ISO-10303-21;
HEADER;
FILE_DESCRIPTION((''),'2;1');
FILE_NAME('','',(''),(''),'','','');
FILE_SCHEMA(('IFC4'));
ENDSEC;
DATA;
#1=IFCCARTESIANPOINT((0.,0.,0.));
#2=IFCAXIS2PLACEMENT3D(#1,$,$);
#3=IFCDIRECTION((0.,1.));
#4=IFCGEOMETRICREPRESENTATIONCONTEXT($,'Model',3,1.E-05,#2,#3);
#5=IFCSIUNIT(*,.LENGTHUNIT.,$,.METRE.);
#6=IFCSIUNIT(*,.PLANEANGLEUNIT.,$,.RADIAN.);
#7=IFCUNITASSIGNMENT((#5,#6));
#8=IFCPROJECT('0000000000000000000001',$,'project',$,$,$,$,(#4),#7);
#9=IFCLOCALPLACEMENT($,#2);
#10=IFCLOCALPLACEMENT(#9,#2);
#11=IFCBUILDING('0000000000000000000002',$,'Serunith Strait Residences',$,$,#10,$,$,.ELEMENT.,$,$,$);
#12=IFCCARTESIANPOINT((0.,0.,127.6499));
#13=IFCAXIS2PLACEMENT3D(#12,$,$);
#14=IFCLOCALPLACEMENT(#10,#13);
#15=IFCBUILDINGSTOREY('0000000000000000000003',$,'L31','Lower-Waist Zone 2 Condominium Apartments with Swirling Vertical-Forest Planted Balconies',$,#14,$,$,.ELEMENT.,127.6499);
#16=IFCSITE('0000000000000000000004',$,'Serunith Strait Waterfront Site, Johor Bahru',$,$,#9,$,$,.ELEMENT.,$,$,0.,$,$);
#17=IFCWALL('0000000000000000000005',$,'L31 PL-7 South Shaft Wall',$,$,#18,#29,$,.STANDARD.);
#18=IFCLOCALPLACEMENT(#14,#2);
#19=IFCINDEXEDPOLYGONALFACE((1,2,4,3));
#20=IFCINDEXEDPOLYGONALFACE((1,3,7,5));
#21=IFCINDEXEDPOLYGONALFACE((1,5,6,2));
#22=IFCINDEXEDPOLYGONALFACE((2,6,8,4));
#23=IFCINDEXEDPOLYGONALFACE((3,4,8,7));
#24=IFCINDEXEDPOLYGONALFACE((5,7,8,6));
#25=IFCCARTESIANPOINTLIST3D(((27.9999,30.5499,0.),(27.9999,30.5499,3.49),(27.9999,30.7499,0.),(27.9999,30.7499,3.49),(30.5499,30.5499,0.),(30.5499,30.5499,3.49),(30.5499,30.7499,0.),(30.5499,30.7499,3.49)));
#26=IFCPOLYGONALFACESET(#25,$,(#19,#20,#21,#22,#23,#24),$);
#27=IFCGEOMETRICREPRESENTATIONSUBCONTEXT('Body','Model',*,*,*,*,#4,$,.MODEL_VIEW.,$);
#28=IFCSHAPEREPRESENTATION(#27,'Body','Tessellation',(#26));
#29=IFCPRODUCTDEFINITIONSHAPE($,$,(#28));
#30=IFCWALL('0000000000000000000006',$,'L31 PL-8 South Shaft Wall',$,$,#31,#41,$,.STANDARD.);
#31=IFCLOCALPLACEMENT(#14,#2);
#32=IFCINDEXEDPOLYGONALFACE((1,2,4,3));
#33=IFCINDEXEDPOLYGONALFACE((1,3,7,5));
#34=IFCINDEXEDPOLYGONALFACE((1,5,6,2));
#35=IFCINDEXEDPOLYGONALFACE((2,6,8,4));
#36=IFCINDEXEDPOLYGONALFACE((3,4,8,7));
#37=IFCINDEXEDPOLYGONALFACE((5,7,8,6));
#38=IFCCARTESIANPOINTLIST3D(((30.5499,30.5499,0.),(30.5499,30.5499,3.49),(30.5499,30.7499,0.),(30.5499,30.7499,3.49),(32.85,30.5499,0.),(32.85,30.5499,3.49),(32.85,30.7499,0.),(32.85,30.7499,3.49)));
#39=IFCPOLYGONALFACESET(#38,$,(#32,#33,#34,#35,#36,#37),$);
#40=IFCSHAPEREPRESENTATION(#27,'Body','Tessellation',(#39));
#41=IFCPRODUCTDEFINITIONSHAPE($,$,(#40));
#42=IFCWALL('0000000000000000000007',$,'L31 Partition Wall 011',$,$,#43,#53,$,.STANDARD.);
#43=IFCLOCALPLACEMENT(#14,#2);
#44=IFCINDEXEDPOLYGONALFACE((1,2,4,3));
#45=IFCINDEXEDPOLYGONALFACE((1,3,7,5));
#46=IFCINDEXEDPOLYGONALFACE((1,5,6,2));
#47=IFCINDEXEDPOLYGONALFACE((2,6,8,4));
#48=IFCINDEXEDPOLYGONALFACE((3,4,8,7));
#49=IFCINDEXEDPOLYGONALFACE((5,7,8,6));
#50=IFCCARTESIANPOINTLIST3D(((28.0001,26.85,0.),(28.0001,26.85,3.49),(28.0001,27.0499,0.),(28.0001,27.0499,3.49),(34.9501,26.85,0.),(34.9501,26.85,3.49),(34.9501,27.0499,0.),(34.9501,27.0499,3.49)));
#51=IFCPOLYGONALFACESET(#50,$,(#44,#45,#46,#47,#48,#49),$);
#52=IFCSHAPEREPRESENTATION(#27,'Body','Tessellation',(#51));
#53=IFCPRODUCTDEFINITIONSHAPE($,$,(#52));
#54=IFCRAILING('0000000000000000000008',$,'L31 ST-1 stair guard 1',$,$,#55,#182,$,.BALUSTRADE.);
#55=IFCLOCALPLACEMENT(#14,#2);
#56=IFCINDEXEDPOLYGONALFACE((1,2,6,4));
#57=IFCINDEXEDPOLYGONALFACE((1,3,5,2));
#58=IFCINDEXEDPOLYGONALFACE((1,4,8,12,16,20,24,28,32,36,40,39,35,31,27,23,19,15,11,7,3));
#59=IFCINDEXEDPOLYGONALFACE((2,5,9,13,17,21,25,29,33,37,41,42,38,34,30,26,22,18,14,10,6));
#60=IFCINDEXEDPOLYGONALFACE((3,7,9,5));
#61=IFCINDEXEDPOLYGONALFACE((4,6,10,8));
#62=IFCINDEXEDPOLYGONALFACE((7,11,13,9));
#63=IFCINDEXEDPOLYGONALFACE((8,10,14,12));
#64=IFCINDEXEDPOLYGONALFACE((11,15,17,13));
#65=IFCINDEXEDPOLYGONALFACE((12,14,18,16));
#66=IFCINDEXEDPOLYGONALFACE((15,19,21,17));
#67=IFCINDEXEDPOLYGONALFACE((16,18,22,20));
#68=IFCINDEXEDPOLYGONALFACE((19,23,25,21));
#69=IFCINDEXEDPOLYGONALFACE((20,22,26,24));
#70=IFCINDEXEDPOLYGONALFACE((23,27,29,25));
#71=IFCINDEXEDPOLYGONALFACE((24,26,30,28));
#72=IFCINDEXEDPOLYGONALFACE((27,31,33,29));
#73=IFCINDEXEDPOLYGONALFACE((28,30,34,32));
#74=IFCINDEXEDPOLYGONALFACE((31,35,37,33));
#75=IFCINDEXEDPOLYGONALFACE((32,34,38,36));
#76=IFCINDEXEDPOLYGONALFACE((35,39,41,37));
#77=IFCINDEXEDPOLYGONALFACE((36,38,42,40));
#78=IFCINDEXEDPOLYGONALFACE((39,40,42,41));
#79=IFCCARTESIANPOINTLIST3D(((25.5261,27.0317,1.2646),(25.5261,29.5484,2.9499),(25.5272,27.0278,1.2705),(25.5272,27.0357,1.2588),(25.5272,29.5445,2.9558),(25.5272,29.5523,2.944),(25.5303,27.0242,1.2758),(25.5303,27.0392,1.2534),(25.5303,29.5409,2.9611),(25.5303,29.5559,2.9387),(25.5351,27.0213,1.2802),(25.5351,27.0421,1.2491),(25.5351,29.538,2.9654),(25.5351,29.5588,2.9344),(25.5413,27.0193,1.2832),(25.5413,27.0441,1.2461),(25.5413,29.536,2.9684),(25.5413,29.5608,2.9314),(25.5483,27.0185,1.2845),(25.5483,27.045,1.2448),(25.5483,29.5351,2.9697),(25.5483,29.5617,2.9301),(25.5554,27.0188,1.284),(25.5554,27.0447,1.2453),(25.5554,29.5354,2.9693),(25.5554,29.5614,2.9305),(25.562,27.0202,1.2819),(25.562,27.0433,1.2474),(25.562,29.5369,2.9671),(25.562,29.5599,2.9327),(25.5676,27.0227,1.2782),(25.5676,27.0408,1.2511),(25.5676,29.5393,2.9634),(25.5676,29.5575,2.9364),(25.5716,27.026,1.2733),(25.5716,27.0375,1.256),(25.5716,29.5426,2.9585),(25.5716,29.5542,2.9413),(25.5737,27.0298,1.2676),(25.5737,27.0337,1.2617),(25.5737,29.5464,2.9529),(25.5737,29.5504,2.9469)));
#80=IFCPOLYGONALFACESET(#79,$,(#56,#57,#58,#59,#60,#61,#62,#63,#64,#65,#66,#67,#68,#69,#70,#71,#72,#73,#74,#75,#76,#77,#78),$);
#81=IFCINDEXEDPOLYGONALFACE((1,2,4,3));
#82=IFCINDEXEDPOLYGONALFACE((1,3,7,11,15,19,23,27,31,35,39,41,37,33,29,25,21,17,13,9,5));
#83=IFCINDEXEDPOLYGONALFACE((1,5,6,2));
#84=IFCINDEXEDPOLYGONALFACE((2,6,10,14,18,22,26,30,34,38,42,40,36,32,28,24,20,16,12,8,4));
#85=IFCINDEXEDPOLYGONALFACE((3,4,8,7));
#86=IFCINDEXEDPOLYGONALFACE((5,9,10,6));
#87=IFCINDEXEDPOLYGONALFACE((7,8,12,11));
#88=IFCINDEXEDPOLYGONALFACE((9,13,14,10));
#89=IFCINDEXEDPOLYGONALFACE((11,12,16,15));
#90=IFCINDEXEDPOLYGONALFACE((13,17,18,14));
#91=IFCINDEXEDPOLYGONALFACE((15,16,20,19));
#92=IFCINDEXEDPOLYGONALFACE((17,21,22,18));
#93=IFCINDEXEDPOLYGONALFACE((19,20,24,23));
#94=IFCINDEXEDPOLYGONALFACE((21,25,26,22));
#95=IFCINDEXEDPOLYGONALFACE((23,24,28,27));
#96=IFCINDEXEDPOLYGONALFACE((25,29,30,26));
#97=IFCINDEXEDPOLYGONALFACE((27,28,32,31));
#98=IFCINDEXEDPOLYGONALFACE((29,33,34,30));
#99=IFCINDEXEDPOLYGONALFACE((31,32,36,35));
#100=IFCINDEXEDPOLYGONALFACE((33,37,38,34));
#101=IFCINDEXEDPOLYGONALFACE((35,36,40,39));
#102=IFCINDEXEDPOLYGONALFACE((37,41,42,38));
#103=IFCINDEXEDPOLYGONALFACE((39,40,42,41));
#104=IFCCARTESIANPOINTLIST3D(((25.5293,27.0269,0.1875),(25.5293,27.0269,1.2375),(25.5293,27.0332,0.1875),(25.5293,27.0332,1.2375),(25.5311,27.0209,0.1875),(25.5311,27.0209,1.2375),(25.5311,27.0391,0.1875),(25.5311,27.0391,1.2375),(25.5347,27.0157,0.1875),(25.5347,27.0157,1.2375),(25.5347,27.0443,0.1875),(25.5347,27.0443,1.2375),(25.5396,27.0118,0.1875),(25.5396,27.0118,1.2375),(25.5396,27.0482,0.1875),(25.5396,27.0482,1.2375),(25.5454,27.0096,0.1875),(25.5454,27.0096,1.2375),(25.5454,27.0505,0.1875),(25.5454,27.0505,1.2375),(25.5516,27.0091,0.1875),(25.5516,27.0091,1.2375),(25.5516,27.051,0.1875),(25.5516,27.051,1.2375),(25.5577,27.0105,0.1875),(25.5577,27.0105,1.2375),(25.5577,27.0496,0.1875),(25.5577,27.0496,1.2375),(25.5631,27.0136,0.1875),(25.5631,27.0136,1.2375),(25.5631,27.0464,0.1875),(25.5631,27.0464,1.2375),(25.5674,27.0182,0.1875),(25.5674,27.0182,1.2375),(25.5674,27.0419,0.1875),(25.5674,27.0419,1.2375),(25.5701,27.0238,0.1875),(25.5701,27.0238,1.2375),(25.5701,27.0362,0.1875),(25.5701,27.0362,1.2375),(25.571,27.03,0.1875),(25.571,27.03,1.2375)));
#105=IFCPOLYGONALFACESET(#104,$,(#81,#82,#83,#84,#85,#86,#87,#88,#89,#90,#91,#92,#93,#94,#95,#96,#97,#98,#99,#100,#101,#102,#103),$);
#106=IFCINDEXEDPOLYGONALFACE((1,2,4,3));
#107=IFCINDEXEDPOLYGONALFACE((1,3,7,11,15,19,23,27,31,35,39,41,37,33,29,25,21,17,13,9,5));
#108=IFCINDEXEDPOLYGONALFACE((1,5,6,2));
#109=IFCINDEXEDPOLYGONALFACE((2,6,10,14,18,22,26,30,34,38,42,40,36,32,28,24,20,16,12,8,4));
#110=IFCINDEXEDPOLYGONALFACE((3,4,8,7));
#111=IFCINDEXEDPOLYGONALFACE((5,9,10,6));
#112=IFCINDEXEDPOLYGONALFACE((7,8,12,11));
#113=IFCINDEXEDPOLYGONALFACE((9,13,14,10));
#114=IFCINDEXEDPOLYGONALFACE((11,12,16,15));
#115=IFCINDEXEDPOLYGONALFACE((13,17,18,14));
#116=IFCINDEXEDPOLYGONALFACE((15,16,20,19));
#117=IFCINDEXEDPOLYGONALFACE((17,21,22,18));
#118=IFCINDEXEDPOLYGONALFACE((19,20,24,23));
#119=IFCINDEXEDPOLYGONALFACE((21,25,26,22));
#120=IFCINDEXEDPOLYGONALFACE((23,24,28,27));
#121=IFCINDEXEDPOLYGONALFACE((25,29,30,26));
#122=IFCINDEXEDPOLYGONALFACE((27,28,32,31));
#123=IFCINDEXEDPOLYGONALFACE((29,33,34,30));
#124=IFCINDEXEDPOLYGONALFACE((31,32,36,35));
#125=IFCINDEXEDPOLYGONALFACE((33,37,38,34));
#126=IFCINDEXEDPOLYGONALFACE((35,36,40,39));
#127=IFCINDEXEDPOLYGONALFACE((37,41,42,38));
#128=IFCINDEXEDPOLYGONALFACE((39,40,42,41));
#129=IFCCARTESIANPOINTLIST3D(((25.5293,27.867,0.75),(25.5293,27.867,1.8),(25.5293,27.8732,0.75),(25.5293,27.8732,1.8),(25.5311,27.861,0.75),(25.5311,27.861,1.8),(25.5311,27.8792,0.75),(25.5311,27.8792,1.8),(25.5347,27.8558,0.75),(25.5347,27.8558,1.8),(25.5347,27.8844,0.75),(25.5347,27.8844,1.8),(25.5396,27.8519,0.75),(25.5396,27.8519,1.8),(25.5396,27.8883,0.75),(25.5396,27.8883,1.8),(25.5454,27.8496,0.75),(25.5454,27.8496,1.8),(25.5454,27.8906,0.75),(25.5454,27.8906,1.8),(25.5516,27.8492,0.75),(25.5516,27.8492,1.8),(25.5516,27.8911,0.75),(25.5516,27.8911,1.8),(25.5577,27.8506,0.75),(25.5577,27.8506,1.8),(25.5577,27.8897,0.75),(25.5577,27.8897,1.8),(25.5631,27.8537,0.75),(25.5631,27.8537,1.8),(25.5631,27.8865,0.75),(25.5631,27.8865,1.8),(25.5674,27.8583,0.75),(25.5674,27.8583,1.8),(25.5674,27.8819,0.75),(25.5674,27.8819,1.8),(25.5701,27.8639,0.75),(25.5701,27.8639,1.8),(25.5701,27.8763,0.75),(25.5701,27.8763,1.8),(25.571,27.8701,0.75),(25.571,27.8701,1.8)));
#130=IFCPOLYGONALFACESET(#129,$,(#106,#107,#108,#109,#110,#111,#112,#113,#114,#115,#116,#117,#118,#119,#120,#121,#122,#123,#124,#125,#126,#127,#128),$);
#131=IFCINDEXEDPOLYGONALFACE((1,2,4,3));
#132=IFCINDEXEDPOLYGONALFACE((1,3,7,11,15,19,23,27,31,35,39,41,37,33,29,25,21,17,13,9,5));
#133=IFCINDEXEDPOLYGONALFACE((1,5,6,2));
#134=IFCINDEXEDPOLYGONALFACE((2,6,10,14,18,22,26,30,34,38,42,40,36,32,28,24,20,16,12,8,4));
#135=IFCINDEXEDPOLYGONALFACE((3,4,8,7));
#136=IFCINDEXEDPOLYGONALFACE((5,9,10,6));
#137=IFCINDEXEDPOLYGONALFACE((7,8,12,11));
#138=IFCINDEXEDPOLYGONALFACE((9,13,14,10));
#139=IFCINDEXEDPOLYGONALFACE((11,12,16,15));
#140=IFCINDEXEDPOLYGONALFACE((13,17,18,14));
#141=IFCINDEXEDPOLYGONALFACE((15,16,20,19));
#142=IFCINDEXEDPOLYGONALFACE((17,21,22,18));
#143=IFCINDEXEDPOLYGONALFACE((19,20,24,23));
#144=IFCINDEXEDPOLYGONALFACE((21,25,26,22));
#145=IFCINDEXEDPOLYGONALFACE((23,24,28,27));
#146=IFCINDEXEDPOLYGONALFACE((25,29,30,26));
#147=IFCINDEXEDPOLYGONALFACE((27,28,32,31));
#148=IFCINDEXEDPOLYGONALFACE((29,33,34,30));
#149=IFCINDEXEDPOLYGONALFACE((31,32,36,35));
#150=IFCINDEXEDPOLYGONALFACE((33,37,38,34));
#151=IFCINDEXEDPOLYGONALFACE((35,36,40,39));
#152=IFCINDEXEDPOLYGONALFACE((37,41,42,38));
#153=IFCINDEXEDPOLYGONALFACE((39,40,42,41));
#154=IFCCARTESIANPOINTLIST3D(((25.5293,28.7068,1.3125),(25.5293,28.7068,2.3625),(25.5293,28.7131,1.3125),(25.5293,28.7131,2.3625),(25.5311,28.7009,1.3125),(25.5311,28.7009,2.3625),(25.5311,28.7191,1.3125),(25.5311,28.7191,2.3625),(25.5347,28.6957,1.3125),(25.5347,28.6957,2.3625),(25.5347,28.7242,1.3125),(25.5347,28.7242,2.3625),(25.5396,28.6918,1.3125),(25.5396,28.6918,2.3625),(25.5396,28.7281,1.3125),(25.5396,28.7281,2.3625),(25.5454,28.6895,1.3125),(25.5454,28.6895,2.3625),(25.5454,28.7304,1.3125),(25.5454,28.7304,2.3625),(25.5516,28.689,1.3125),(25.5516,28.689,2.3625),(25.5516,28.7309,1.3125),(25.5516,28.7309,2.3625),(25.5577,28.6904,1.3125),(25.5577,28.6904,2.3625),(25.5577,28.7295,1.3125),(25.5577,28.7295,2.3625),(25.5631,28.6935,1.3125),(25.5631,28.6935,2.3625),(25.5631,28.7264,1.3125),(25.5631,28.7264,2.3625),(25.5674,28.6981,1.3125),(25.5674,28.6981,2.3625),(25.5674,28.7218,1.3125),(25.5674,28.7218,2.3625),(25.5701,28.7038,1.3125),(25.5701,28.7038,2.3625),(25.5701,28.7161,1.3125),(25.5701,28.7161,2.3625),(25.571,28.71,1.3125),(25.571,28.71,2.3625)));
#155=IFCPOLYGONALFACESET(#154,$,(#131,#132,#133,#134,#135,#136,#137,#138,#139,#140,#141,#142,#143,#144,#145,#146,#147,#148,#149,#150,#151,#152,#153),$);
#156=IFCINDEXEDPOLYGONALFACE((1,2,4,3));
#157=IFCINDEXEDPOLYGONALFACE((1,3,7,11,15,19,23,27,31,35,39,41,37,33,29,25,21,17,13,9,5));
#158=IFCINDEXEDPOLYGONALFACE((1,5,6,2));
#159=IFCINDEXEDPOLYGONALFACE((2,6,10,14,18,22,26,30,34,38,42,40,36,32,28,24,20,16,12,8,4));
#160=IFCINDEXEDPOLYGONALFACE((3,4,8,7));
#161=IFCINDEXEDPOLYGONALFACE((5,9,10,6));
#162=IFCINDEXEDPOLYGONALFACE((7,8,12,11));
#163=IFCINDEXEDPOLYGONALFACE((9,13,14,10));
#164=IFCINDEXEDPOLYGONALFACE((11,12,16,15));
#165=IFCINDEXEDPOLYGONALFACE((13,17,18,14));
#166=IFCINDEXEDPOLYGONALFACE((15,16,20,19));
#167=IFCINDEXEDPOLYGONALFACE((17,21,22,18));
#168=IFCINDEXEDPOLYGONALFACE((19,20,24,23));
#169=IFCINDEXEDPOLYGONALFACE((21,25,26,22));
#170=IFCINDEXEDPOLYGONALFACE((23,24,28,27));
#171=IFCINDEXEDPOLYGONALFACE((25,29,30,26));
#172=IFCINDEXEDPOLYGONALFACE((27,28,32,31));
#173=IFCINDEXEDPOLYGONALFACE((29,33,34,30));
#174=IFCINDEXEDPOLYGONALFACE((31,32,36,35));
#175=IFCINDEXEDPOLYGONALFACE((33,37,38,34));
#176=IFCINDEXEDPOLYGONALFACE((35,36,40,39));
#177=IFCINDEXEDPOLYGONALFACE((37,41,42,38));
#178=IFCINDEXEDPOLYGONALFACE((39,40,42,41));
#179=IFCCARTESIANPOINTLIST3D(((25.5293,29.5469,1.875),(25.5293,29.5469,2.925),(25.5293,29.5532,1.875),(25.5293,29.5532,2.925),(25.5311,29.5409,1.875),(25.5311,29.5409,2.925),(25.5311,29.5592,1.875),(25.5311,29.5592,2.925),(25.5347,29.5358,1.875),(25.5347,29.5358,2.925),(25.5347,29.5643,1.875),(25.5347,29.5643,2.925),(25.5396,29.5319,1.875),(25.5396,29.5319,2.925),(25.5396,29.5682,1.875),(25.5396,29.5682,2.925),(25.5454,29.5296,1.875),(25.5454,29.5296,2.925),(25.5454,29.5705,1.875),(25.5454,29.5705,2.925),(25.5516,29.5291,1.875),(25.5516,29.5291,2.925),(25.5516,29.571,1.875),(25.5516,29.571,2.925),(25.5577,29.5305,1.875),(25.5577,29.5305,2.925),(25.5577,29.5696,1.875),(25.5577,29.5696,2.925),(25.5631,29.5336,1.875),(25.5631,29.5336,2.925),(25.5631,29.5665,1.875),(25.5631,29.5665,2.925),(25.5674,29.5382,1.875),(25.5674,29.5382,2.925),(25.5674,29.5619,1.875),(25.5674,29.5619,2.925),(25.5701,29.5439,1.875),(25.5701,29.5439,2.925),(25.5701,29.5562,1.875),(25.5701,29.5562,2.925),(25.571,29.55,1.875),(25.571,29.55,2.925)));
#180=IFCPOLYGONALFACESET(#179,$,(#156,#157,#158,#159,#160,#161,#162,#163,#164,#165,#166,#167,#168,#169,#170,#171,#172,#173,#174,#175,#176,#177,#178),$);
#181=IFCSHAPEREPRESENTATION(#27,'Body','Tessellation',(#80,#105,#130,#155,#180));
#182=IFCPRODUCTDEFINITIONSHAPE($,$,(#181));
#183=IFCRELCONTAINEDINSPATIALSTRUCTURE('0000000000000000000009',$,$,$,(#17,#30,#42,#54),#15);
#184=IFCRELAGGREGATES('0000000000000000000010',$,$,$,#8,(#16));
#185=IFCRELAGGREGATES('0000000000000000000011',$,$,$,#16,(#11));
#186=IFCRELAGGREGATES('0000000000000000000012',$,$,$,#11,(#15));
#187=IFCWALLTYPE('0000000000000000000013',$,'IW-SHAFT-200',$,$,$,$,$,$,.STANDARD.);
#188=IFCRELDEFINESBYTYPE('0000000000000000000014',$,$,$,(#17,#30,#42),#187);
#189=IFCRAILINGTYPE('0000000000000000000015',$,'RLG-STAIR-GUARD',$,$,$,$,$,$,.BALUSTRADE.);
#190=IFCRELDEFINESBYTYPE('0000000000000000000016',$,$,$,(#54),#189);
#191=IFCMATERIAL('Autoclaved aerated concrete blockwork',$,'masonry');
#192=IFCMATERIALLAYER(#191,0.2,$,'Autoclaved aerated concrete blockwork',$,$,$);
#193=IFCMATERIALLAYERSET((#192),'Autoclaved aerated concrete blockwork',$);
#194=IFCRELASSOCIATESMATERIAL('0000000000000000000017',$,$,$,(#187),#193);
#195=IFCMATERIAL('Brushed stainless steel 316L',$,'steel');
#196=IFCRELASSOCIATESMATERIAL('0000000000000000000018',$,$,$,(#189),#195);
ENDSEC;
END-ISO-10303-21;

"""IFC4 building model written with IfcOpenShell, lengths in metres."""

from ifc_helpers import new_model, si_unit, direction, frame, frame_2d, origin, origin_2d, place, context, subcontext, project, spatial, rectangle, circle, extrude, material, layer, layer_set, type_object, element, save


model = new_model("IFC4")

# Units and contexts
model_context = context("Model", 3, precision=1e-05, world=origin(), true_north=direction((0.0, 1.0)))
body_context = subcontext(model_context, "Body", "Model", "MODEL_VIEW")
ifc_project = project(units=[si_unit("LENGTHUNIT", "METRE"), si_unit("PLANEANGLEUNIT", "RADIAN")], contexts=[model_context])

# Site, building, storey
site_placement = place(None, origin())
site = spatial("IfcSite", under=ifc_project, at=site_placement, Name="Serunith Strait Waterfront Site, Johor Bahru", CompositionType="ELEMENT", RefElevation=0.0)
building_placement = place(site_placement, origin())
building = spatial("IfcBuilding", under=site, at=building_placement, Name="Serunith Strait Residences", CompositionType="ELEMENT")
storey_placement = place(building_placement, frame((0.0, 0.0, 127.6499)))
storey = spatial("IfcBuildingStorey", under=building, at=storey_placement, Name="L31", Description="Lower-Waist Zone 2 Condominium Apartments with Swirling Vertical-Forest Planted Balconies", CompositionType="ELEMENT", Elevation=127.6499)

# Shared definitions
ifc_material_1 = material(Name="Autoclaved aerated concrete blockwork", Category="masonry")
ifc_layer_1 = layer(ifc_material_1, 0.2, Name="Autoclaved aerated concrete blockwork")
ifc_layer_set_1 = layer_set([ifc_layer_1], Name="Autoclaved aerated concrete blockwork")
wall_type_1 = type_object("IfcWallType", Name="IW-SHAFT-200", PredefinedType="STANDARD", material=ifc_layer_set_1)

# Walls
wall_1_placement = place(storey_placement, frame((28.0, 30.6499, 0.0), z_axis=(0.0, 0.0, 1.0), x_axis=(1.0, 0.0, 0.0)))
element("IfcWall", 1, at=wall_1_placement, inside=storey, type_object=wall_type_1, Name="L31 PL-7 South Shaft Wall", PredefinedType="STANDARD", context=body_context, shape_type="SweptSolid", body=[
    extrude(rectangle(XDim=2.55, YDim=0.2, at=frame_2d((1.2749, 0.0))), origin(), (0.0, 0.0, 1.0), 3.49),
])
wall_2_placement = place(storey_placement, frame((30.55, 30.6499, 0.0), z_axis=(0.0, 0.0, 1.0), x_axis=(1.0, 0.0, 0.0)))
element("IfcWall", 2, at=wall_2_placement, inside=storey, type_object=wall_type_1, Name="L31 PL-8 South Shaft Wall", PredefinedType="STANDARD", context=body_context, shape_type="SweptSolid", body=[
    extrude(rectangle(XDim=2.3, YDim=0.2, at=frame_2d((1.1499, 0.0))), origin(), (0.0, 0.0, 1.0), 3.49),
])
wall_3_placement = place(storey_placement, frame((28.0, 26.95, 0.0), z_axis=(0.0, 0.0, 1.0), x_axis=(1.0, 0.0, 0.0)))
element("IfcWall", 3, at=wall_3_placement, inside=storey, type_object=wall_type_1, Name="L31 Partition Wall 011", PredefinedType="STANDARD", context=body_context, shape_type="SweptSolid", body=[
    extrude(rectangle(XDim=6.95, YDim=0.2, at=frame_2d((3.4751, 0.0))), origin(), (0.0, 0.0, 1.0), 3.49),
])

# Railing
ifc_material_2 = material(Name="Brushed stainless steel 316L", Category="steel")
railing_type_1 = type_object("IfcRailingType", Name="RLG-STAIR-GUARD", PredefinedType="BALUSTRADE", material=ifc_material_2)
railing_1_placement = place(storey_placement, frame((25.55, 27.03, 0.1875)))
element("IfcRailing", 4, at=railing_1_placement, inside=storey, type_object=railing_type_1, Name="L31 ST-1 stair guard 1", PredefinedType="BALUSTRADE", context=body_context, shape_type="SweptSolid", body=[
    extrude(circle(Radius=0.0239, at=origin_2d()), frame((0.0, 0.0017, 1.0771), z_axis=(0.0, 0.830909, 0.556408), x_axis=(-1.0, 0.0, 0.0)), (0.0, 0.0, 1.0), 3.0288),
    extrude(circle(Radius=0.021, at=origin_2d()), origin(), (0.0, 0.0, 1.0), 1.05),
    extrude(circle(Radius=0.021, at=origin_2d()), frame((0.0, 0.8401, 0.5625)), (0.0, 0.0, 1.0), 1.05),
    extrude(circle(Radius=0.021, at=origin_2d()), frame((0.0, 1.6799, 1.125)), (0.0, 0.0, 1.0), 1.05),
    extrude(circle(Radius=0.021, at=origin_2d()), frame((0.0, 2.52, 1.6875)), (0.0, 0.0, 1.0), 1.05),
])

save(model, "model.ifc")
